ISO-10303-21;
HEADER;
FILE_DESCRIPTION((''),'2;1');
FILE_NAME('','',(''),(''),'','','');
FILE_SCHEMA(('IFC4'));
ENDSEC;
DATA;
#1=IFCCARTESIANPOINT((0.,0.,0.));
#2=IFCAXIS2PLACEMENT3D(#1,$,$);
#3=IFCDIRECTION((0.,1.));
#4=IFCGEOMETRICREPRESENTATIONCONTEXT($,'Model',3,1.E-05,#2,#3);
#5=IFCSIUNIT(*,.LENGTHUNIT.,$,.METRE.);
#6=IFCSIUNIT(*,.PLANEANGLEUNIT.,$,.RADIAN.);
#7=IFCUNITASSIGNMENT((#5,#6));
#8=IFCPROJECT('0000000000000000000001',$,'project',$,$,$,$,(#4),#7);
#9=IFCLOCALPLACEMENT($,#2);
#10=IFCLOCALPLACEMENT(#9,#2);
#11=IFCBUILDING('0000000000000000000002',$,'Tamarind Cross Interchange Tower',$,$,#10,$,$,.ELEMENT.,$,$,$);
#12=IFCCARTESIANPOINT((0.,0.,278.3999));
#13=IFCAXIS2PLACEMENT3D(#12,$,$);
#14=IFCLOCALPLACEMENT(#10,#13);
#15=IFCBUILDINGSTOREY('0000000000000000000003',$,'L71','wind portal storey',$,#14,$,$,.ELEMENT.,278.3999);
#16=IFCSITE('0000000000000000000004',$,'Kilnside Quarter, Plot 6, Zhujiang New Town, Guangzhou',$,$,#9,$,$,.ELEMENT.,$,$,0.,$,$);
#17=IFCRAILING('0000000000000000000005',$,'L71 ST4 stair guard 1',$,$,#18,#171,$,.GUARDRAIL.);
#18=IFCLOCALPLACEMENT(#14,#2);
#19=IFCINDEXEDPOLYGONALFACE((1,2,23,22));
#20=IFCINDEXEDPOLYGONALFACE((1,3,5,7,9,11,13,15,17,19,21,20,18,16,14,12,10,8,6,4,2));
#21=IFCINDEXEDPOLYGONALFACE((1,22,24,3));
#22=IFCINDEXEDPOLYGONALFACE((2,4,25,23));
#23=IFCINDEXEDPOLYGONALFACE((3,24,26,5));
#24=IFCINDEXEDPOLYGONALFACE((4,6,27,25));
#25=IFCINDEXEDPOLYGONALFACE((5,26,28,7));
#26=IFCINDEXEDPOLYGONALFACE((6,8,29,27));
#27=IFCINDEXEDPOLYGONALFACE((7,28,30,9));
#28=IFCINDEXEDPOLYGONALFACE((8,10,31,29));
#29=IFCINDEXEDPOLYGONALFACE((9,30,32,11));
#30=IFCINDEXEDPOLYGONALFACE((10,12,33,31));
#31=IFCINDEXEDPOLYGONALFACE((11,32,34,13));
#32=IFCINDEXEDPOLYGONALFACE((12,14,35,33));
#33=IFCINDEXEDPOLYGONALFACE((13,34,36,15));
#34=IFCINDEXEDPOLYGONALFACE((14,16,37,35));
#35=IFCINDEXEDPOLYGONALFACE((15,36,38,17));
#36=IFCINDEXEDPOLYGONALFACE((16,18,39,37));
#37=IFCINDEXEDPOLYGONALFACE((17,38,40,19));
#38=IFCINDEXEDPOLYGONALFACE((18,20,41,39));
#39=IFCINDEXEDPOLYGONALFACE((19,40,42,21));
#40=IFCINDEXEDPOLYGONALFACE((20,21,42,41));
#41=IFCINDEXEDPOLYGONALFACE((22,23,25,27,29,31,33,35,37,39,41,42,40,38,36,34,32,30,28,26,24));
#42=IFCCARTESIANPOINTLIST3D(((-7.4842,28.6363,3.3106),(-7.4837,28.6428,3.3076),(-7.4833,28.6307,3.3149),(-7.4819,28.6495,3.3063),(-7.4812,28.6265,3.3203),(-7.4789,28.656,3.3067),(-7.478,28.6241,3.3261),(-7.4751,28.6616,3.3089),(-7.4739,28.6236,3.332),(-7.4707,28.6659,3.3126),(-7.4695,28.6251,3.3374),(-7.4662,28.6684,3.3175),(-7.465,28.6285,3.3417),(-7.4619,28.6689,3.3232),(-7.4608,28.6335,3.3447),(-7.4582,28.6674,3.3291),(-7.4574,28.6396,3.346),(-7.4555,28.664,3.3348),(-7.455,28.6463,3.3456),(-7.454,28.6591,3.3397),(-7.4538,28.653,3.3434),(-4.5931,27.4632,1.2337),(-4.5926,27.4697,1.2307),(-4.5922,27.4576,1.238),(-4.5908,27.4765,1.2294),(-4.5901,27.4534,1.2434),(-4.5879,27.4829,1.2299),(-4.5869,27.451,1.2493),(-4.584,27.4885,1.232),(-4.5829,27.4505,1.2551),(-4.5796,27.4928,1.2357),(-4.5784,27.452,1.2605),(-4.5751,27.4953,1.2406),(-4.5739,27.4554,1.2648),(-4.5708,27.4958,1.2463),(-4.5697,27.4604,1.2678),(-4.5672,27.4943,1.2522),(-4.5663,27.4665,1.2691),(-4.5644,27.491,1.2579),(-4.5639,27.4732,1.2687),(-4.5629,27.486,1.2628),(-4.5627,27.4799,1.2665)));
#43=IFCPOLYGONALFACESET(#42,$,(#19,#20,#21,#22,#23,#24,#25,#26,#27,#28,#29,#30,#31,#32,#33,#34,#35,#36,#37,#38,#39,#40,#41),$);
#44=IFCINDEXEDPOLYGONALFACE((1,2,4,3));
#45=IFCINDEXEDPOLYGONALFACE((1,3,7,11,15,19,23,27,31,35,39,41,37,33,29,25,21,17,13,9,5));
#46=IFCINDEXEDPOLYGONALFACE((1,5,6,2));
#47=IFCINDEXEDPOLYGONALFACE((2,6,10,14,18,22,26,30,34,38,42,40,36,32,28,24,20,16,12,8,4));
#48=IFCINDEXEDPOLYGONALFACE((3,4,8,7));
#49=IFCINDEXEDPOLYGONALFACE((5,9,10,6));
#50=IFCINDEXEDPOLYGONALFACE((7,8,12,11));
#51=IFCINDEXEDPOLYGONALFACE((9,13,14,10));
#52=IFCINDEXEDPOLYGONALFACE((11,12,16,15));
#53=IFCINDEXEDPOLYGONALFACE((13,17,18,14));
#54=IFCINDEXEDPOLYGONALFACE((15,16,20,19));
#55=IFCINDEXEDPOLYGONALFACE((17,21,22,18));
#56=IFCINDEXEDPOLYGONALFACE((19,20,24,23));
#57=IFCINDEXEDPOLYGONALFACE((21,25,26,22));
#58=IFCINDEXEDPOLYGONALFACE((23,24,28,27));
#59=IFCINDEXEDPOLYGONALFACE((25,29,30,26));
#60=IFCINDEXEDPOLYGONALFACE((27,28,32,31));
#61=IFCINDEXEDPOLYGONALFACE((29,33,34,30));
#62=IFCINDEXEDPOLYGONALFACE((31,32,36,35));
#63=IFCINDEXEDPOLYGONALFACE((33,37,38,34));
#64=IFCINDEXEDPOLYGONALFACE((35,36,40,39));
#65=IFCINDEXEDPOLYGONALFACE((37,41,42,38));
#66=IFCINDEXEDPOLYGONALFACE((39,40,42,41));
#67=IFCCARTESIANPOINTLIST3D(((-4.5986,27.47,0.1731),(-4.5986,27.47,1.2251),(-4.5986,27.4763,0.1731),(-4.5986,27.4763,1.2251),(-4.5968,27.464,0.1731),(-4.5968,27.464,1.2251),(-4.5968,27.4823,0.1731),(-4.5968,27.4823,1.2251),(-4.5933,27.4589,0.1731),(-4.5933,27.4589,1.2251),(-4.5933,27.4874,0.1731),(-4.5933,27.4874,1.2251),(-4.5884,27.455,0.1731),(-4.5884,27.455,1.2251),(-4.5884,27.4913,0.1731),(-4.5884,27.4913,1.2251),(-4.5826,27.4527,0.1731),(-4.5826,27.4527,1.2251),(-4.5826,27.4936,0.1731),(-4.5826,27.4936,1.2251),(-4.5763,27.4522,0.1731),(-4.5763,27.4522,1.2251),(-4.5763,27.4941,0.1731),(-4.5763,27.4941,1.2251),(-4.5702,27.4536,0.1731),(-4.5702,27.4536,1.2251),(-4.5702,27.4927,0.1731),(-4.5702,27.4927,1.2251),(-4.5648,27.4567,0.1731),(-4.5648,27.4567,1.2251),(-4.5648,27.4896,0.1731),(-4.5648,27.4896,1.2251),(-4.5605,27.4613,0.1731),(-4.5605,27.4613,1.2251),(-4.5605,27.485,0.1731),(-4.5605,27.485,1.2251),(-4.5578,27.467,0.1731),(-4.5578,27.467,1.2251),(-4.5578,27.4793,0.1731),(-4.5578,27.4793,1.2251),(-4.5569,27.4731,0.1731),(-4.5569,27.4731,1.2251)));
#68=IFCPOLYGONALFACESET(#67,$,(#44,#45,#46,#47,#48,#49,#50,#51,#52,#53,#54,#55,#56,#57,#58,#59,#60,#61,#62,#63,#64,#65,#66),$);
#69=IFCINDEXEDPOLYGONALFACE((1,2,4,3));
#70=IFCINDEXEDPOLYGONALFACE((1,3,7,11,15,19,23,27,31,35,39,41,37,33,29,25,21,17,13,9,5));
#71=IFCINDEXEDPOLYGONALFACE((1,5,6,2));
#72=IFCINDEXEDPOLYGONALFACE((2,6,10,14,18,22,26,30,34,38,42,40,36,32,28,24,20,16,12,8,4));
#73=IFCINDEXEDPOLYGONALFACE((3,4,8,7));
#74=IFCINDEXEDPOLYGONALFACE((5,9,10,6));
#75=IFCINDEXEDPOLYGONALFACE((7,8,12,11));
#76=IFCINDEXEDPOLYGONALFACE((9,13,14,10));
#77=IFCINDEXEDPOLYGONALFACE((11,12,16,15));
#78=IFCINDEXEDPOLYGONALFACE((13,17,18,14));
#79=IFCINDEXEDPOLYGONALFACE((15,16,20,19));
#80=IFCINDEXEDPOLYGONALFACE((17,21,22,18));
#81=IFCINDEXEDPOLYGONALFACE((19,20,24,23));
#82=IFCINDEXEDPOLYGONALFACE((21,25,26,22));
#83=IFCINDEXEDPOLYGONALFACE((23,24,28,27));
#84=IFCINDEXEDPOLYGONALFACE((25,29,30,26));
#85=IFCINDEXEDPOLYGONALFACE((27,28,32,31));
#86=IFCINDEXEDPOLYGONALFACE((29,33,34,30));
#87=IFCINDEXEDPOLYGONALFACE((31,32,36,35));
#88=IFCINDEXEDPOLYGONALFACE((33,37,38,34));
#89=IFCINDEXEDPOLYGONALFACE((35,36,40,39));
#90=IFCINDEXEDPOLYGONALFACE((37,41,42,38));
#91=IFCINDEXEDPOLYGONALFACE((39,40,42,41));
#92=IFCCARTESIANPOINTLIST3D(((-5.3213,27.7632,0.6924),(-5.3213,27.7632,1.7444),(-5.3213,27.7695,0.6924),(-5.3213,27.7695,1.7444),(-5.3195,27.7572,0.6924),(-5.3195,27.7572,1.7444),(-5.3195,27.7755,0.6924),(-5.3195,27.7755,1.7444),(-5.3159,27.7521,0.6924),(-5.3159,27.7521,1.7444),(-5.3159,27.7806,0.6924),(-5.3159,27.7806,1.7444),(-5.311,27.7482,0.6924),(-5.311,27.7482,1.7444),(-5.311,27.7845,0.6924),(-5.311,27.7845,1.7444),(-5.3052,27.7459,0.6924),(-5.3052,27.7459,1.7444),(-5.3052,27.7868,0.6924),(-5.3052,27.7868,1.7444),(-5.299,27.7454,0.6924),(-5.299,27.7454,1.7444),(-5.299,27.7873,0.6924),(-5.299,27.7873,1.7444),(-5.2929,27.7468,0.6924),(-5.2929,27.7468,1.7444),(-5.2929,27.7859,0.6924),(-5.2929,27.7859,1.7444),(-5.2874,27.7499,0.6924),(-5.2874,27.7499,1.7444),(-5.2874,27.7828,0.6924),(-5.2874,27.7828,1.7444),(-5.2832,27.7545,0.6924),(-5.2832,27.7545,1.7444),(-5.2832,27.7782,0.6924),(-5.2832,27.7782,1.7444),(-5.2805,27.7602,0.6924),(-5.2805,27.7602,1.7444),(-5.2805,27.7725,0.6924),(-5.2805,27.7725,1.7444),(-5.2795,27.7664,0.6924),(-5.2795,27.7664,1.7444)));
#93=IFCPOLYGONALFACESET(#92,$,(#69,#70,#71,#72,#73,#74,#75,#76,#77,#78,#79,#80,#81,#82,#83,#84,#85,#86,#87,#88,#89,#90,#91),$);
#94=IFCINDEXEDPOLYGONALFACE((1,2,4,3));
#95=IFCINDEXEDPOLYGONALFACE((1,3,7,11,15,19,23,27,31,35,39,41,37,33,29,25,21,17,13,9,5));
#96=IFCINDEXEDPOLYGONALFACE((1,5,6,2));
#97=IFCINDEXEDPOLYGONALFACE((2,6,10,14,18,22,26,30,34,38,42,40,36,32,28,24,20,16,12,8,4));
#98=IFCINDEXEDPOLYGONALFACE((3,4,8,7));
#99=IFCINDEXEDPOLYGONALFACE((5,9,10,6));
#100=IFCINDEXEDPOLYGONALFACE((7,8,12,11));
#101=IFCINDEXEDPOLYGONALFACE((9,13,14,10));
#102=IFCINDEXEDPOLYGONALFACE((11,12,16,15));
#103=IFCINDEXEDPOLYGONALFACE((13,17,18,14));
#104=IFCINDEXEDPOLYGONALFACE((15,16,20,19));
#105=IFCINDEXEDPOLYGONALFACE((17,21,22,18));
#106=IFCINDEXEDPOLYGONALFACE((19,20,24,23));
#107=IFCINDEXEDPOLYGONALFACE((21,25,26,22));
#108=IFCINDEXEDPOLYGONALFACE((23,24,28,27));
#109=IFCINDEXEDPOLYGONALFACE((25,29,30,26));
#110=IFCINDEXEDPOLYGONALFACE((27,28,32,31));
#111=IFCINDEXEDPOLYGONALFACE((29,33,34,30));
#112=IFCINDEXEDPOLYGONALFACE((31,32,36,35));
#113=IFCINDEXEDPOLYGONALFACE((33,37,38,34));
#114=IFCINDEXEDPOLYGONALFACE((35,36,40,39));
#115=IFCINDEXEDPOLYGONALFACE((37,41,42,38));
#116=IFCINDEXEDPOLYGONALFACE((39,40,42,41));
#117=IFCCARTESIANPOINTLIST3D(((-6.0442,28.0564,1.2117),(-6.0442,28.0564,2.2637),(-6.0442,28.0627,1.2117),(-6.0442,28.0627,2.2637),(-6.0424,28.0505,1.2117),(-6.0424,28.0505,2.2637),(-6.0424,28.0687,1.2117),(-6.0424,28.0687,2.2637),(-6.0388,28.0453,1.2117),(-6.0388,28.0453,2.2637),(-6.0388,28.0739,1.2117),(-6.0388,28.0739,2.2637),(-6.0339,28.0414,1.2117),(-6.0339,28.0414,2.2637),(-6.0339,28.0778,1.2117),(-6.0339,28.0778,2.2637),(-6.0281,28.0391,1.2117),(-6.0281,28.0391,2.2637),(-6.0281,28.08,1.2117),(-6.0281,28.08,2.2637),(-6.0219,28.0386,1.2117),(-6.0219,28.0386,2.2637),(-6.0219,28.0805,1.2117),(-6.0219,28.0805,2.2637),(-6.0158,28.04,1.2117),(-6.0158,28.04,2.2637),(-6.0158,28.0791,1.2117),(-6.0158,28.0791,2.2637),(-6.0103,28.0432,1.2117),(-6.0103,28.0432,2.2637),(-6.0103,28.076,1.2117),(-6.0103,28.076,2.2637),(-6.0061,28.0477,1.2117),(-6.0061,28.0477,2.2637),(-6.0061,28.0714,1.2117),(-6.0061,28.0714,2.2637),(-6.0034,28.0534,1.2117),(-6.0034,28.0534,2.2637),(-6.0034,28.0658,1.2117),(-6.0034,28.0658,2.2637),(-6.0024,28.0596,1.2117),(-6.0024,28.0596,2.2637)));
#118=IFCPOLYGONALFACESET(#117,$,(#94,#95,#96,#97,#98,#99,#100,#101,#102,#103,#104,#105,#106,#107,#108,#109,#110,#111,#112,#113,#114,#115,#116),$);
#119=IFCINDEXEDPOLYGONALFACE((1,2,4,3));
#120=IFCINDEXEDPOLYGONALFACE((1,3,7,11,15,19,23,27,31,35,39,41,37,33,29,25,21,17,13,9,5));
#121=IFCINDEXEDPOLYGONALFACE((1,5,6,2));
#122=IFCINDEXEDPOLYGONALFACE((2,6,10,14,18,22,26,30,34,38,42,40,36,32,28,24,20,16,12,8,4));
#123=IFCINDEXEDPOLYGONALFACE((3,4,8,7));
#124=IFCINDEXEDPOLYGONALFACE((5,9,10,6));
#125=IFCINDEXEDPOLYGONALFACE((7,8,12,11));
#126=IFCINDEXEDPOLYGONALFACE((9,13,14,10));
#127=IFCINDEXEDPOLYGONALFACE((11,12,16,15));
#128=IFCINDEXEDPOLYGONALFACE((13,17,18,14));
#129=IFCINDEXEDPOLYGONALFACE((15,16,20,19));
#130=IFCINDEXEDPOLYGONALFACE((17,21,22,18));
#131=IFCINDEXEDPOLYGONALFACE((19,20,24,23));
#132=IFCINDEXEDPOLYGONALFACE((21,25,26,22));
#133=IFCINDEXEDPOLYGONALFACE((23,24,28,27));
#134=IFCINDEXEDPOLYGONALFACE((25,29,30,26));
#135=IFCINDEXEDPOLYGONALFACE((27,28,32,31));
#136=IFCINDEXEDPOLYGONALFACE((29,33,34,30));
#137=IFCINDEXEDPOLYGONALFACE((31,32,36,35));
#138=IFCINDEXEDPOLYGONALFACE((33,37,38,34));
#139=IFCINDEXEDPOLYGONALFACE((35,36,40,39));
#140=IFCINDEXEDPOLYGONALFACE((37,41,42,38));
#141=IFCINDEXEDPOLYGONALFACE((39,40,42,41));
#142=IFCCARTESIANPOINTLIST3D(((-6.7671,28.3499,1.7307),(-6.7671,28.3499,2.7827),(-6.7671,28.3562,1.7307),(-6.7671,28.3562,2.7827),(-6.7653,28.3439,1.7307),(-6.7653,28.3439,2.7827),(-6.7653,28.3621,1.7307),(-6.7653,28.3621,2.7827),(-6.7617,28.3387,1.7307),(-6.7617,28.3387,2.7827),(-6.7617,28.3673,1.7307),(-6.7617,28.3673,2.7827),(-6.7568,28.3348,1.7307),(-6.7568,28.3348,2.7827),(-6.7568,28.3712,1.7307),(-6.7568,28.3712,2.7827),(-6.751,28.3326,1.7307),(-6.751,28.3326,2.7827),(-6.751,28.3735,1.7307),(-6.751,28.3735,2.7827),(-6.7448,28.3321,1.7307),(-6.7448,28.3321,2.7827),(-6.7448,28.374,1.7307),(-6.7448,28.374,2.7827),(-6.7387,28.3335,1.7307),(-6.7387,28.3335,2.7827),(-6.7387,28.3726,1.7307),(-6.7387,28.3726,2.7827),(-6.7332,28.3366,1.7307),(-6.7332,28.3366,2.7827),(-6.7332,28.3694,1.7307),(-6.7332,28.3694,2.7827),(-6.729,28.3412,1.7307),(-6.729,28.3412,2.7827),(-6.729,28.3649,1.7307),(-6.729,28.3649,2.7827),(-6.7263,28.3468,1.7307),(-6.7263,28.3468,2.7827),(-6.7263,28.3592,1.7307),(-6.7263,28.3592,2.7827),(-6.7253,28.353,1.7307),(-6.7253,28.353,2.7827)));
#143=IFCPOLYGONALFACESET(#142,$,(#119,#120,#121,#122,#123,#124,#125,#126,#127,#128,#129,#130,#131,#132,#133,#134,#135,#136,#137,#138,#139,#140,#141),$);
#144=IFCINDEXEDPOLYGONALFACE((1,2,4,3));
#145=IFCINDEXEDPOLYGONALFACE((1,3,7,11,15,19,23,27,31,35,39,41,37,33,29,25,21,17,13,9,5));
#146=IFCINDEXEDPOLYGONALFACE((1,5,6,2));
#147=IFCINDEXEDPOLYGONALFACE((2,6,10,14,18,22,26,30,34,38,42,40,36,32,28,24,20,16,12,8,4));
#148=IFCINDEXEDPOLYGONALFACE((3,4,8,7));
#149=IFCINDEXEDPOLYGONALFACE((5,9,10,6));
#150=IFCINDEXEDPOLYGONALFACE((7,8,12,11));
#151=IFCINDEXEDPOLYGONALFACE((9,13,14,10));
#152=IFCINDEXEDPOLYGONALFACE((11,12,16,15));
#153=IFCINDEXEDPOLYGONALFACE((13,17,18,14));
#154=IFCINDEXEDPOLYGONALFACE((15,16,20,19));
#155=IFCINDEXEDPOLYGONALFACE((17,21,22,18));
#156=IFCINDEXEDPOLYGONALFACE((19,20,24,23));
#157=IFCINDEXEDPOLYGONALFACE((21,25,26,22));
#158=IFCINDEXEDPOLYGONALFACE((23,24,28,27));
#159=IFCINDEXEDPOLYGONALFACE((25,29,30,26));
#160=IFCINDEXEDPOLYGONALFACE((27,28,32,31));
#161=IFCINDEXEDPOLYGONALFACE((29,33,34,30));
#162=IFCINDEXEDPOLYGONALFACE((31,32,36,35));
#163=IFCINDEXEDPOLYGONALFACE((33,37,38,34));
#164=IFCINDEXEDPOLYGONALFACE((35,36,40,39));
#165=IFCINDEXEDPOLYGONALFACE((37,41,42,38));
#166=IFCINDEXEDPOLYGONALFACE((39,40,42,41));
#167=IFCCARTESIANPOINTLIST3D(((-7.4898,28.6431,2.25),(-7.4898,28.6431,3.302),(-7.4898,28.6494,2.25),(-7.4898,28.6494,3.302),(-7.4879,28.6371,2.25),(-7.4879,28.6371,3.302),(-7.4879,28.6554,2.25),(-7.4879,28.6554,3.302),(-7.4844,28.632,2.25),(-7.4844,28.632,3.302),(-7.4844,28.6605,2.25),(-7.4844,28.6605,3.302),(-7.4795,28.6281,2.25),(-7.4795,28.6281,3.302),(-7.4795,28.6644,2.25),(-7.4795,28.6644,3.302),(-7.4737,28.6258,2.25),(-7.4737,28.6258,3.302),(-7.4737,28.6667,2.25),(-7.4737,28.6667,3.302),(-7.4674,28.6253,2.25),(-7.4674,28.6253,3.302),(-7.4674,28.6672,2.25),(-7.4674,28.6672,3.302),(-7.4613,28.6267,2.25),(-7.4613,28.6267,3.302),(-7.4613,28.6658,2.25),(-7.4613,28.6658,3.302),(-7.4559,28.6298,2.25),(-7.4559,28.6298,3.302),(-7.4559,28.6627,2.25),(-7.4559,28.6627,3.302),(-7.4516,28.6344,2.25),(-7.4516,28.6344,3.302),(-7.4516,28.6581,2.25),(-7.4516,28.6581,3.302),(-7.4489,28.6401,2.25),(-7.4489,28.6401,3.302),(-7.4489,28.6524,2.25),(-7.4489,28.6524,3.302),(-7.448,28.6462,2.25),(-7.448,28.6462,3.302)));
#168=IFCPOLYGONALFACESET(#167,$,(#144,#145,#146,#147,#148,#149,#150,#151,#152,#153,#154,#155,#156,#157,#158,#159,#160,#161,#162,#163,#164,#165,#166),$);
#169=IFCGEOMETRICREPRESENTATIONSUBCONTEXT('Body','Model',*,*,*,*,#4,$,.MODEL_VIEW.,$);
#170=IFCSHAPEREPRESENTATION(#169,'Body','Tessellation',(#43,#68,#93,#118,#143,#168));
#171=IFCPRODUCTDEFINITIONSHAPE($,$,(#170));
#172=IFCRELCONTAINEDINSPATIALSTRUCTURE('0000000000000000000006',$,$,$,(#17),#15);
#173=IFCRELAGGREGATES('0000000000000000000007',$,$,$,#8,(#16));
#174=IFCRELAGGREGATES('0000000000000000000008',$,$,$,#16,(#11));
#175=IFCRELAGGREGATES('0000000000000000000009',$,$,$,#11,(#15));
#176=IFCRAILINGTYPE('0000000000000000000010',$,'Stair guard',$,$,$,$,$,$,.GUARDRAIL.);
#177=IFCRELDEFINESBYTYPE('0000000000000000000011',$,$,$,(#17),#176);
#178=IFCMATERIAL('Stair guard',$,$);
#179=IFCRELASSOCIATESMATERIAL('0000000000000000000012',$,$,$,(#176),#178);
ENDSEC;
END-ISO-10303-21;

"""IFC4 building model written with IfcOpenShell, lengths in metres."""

from ifc_helpers import new_model, si_unit, direction, frame, origin, origin_2d, place, context, subcontext, project, spatial, circle, extrude, material, type_object, element, save


model = new_model("IFC4")

# Units and contexts
model_context = context("Model", 3, precision=1e-05, world=origin(), true_north=direction((0.0, 1.0)))
body_context = subcontext(model_context, "Body", "Model", "MODEL_VIEW")
ifc_project = project(units=[si_unit("LENGTHUNIT", "METRE"), si_unit("PLANEANGLEUNIT", "RADIAN")], contexts=[model_context])

# Site, building, storey
site_placement = place(None, origin())
site = spatial("IfcSite", under=ifc_project, at=site_placement, Name="Kilnside Quarter, Plot 6, Zhujiang New Town, Guangzhou", CompositionType="ELEMENT", RefElevation=0.0)
building_placement = place(site_placement, origin())
building = spatial("IfcBuilding", under=site, at=building_placement, Name="Tamarind Cross Interchange Tower", CompositionType="ELEMENT")
storey_placement = place(building_placement, frame((0.0, 0.0, 278.3999)))
storey = spatial("IfcBuildingStorey", under=building, at=storey_placement, Name="L71", Description="wind portal storey", CompositionType="ELEMENT", Elevation=278.3999)

# Railing
ifc_material_1 = material(Name="Stair guard")
railing_type_1 = type_object("IfcRailingType", Name="Stair guard", PredefinedType="GUARDRAIL", material=ifc_material_1)
railing_1_placement = place(storey_placement, frame((-4.5779, 27.4731, 0.1731)))
element("IfcRailing", 1, at=railing_1_placement, inside=storey, type_object=railing_type_1, Name="L71 ST4 stair guard 1", PredefinedType="GUARDRAIL", context=body_context, shape_type="SweptSolid", body=[
    extrude(circle(Radius=0.0239, at=origin_2d()), frame((0.0, 0.0, 1.0762), z_axis=(-0.771355, 0.312984, 0.554123), x_axis=(-0.375987, -0.926625, 0.0)), (0.0, 0.0, 1.0), 3.748),
    extrude(circle(Radius=0.021, at=origin_2d()), origin(), (0.0, 0.0, 1.0), 1.052),
    extrude(circle(Radius=0.021, at=origin_2d()), frame((-0.7227, 0.2932, 0.5193)), (0.0, 0.0, 1.0), 1.052),
    extrude(circle(Radius=0.021, at=origin_2d()), frame((-1.4456, 0.5864, 1.0386)), (0.0, 0.0, 1.0), 1.052),
    extrude(circle(Radius=0.021, at=origin_2d()), frame((-2.1685, 0.8799, 1.5576)), (0.0, 0.0, 1.0), 1.052),
    extrude(circle(Radius=0.021, at=origin_2d()), frame((-2.8911, 1.1731, 2.0769)), (0.0, 0.0, 1.0), 1.052),
])

save(model, "model.ifc")
